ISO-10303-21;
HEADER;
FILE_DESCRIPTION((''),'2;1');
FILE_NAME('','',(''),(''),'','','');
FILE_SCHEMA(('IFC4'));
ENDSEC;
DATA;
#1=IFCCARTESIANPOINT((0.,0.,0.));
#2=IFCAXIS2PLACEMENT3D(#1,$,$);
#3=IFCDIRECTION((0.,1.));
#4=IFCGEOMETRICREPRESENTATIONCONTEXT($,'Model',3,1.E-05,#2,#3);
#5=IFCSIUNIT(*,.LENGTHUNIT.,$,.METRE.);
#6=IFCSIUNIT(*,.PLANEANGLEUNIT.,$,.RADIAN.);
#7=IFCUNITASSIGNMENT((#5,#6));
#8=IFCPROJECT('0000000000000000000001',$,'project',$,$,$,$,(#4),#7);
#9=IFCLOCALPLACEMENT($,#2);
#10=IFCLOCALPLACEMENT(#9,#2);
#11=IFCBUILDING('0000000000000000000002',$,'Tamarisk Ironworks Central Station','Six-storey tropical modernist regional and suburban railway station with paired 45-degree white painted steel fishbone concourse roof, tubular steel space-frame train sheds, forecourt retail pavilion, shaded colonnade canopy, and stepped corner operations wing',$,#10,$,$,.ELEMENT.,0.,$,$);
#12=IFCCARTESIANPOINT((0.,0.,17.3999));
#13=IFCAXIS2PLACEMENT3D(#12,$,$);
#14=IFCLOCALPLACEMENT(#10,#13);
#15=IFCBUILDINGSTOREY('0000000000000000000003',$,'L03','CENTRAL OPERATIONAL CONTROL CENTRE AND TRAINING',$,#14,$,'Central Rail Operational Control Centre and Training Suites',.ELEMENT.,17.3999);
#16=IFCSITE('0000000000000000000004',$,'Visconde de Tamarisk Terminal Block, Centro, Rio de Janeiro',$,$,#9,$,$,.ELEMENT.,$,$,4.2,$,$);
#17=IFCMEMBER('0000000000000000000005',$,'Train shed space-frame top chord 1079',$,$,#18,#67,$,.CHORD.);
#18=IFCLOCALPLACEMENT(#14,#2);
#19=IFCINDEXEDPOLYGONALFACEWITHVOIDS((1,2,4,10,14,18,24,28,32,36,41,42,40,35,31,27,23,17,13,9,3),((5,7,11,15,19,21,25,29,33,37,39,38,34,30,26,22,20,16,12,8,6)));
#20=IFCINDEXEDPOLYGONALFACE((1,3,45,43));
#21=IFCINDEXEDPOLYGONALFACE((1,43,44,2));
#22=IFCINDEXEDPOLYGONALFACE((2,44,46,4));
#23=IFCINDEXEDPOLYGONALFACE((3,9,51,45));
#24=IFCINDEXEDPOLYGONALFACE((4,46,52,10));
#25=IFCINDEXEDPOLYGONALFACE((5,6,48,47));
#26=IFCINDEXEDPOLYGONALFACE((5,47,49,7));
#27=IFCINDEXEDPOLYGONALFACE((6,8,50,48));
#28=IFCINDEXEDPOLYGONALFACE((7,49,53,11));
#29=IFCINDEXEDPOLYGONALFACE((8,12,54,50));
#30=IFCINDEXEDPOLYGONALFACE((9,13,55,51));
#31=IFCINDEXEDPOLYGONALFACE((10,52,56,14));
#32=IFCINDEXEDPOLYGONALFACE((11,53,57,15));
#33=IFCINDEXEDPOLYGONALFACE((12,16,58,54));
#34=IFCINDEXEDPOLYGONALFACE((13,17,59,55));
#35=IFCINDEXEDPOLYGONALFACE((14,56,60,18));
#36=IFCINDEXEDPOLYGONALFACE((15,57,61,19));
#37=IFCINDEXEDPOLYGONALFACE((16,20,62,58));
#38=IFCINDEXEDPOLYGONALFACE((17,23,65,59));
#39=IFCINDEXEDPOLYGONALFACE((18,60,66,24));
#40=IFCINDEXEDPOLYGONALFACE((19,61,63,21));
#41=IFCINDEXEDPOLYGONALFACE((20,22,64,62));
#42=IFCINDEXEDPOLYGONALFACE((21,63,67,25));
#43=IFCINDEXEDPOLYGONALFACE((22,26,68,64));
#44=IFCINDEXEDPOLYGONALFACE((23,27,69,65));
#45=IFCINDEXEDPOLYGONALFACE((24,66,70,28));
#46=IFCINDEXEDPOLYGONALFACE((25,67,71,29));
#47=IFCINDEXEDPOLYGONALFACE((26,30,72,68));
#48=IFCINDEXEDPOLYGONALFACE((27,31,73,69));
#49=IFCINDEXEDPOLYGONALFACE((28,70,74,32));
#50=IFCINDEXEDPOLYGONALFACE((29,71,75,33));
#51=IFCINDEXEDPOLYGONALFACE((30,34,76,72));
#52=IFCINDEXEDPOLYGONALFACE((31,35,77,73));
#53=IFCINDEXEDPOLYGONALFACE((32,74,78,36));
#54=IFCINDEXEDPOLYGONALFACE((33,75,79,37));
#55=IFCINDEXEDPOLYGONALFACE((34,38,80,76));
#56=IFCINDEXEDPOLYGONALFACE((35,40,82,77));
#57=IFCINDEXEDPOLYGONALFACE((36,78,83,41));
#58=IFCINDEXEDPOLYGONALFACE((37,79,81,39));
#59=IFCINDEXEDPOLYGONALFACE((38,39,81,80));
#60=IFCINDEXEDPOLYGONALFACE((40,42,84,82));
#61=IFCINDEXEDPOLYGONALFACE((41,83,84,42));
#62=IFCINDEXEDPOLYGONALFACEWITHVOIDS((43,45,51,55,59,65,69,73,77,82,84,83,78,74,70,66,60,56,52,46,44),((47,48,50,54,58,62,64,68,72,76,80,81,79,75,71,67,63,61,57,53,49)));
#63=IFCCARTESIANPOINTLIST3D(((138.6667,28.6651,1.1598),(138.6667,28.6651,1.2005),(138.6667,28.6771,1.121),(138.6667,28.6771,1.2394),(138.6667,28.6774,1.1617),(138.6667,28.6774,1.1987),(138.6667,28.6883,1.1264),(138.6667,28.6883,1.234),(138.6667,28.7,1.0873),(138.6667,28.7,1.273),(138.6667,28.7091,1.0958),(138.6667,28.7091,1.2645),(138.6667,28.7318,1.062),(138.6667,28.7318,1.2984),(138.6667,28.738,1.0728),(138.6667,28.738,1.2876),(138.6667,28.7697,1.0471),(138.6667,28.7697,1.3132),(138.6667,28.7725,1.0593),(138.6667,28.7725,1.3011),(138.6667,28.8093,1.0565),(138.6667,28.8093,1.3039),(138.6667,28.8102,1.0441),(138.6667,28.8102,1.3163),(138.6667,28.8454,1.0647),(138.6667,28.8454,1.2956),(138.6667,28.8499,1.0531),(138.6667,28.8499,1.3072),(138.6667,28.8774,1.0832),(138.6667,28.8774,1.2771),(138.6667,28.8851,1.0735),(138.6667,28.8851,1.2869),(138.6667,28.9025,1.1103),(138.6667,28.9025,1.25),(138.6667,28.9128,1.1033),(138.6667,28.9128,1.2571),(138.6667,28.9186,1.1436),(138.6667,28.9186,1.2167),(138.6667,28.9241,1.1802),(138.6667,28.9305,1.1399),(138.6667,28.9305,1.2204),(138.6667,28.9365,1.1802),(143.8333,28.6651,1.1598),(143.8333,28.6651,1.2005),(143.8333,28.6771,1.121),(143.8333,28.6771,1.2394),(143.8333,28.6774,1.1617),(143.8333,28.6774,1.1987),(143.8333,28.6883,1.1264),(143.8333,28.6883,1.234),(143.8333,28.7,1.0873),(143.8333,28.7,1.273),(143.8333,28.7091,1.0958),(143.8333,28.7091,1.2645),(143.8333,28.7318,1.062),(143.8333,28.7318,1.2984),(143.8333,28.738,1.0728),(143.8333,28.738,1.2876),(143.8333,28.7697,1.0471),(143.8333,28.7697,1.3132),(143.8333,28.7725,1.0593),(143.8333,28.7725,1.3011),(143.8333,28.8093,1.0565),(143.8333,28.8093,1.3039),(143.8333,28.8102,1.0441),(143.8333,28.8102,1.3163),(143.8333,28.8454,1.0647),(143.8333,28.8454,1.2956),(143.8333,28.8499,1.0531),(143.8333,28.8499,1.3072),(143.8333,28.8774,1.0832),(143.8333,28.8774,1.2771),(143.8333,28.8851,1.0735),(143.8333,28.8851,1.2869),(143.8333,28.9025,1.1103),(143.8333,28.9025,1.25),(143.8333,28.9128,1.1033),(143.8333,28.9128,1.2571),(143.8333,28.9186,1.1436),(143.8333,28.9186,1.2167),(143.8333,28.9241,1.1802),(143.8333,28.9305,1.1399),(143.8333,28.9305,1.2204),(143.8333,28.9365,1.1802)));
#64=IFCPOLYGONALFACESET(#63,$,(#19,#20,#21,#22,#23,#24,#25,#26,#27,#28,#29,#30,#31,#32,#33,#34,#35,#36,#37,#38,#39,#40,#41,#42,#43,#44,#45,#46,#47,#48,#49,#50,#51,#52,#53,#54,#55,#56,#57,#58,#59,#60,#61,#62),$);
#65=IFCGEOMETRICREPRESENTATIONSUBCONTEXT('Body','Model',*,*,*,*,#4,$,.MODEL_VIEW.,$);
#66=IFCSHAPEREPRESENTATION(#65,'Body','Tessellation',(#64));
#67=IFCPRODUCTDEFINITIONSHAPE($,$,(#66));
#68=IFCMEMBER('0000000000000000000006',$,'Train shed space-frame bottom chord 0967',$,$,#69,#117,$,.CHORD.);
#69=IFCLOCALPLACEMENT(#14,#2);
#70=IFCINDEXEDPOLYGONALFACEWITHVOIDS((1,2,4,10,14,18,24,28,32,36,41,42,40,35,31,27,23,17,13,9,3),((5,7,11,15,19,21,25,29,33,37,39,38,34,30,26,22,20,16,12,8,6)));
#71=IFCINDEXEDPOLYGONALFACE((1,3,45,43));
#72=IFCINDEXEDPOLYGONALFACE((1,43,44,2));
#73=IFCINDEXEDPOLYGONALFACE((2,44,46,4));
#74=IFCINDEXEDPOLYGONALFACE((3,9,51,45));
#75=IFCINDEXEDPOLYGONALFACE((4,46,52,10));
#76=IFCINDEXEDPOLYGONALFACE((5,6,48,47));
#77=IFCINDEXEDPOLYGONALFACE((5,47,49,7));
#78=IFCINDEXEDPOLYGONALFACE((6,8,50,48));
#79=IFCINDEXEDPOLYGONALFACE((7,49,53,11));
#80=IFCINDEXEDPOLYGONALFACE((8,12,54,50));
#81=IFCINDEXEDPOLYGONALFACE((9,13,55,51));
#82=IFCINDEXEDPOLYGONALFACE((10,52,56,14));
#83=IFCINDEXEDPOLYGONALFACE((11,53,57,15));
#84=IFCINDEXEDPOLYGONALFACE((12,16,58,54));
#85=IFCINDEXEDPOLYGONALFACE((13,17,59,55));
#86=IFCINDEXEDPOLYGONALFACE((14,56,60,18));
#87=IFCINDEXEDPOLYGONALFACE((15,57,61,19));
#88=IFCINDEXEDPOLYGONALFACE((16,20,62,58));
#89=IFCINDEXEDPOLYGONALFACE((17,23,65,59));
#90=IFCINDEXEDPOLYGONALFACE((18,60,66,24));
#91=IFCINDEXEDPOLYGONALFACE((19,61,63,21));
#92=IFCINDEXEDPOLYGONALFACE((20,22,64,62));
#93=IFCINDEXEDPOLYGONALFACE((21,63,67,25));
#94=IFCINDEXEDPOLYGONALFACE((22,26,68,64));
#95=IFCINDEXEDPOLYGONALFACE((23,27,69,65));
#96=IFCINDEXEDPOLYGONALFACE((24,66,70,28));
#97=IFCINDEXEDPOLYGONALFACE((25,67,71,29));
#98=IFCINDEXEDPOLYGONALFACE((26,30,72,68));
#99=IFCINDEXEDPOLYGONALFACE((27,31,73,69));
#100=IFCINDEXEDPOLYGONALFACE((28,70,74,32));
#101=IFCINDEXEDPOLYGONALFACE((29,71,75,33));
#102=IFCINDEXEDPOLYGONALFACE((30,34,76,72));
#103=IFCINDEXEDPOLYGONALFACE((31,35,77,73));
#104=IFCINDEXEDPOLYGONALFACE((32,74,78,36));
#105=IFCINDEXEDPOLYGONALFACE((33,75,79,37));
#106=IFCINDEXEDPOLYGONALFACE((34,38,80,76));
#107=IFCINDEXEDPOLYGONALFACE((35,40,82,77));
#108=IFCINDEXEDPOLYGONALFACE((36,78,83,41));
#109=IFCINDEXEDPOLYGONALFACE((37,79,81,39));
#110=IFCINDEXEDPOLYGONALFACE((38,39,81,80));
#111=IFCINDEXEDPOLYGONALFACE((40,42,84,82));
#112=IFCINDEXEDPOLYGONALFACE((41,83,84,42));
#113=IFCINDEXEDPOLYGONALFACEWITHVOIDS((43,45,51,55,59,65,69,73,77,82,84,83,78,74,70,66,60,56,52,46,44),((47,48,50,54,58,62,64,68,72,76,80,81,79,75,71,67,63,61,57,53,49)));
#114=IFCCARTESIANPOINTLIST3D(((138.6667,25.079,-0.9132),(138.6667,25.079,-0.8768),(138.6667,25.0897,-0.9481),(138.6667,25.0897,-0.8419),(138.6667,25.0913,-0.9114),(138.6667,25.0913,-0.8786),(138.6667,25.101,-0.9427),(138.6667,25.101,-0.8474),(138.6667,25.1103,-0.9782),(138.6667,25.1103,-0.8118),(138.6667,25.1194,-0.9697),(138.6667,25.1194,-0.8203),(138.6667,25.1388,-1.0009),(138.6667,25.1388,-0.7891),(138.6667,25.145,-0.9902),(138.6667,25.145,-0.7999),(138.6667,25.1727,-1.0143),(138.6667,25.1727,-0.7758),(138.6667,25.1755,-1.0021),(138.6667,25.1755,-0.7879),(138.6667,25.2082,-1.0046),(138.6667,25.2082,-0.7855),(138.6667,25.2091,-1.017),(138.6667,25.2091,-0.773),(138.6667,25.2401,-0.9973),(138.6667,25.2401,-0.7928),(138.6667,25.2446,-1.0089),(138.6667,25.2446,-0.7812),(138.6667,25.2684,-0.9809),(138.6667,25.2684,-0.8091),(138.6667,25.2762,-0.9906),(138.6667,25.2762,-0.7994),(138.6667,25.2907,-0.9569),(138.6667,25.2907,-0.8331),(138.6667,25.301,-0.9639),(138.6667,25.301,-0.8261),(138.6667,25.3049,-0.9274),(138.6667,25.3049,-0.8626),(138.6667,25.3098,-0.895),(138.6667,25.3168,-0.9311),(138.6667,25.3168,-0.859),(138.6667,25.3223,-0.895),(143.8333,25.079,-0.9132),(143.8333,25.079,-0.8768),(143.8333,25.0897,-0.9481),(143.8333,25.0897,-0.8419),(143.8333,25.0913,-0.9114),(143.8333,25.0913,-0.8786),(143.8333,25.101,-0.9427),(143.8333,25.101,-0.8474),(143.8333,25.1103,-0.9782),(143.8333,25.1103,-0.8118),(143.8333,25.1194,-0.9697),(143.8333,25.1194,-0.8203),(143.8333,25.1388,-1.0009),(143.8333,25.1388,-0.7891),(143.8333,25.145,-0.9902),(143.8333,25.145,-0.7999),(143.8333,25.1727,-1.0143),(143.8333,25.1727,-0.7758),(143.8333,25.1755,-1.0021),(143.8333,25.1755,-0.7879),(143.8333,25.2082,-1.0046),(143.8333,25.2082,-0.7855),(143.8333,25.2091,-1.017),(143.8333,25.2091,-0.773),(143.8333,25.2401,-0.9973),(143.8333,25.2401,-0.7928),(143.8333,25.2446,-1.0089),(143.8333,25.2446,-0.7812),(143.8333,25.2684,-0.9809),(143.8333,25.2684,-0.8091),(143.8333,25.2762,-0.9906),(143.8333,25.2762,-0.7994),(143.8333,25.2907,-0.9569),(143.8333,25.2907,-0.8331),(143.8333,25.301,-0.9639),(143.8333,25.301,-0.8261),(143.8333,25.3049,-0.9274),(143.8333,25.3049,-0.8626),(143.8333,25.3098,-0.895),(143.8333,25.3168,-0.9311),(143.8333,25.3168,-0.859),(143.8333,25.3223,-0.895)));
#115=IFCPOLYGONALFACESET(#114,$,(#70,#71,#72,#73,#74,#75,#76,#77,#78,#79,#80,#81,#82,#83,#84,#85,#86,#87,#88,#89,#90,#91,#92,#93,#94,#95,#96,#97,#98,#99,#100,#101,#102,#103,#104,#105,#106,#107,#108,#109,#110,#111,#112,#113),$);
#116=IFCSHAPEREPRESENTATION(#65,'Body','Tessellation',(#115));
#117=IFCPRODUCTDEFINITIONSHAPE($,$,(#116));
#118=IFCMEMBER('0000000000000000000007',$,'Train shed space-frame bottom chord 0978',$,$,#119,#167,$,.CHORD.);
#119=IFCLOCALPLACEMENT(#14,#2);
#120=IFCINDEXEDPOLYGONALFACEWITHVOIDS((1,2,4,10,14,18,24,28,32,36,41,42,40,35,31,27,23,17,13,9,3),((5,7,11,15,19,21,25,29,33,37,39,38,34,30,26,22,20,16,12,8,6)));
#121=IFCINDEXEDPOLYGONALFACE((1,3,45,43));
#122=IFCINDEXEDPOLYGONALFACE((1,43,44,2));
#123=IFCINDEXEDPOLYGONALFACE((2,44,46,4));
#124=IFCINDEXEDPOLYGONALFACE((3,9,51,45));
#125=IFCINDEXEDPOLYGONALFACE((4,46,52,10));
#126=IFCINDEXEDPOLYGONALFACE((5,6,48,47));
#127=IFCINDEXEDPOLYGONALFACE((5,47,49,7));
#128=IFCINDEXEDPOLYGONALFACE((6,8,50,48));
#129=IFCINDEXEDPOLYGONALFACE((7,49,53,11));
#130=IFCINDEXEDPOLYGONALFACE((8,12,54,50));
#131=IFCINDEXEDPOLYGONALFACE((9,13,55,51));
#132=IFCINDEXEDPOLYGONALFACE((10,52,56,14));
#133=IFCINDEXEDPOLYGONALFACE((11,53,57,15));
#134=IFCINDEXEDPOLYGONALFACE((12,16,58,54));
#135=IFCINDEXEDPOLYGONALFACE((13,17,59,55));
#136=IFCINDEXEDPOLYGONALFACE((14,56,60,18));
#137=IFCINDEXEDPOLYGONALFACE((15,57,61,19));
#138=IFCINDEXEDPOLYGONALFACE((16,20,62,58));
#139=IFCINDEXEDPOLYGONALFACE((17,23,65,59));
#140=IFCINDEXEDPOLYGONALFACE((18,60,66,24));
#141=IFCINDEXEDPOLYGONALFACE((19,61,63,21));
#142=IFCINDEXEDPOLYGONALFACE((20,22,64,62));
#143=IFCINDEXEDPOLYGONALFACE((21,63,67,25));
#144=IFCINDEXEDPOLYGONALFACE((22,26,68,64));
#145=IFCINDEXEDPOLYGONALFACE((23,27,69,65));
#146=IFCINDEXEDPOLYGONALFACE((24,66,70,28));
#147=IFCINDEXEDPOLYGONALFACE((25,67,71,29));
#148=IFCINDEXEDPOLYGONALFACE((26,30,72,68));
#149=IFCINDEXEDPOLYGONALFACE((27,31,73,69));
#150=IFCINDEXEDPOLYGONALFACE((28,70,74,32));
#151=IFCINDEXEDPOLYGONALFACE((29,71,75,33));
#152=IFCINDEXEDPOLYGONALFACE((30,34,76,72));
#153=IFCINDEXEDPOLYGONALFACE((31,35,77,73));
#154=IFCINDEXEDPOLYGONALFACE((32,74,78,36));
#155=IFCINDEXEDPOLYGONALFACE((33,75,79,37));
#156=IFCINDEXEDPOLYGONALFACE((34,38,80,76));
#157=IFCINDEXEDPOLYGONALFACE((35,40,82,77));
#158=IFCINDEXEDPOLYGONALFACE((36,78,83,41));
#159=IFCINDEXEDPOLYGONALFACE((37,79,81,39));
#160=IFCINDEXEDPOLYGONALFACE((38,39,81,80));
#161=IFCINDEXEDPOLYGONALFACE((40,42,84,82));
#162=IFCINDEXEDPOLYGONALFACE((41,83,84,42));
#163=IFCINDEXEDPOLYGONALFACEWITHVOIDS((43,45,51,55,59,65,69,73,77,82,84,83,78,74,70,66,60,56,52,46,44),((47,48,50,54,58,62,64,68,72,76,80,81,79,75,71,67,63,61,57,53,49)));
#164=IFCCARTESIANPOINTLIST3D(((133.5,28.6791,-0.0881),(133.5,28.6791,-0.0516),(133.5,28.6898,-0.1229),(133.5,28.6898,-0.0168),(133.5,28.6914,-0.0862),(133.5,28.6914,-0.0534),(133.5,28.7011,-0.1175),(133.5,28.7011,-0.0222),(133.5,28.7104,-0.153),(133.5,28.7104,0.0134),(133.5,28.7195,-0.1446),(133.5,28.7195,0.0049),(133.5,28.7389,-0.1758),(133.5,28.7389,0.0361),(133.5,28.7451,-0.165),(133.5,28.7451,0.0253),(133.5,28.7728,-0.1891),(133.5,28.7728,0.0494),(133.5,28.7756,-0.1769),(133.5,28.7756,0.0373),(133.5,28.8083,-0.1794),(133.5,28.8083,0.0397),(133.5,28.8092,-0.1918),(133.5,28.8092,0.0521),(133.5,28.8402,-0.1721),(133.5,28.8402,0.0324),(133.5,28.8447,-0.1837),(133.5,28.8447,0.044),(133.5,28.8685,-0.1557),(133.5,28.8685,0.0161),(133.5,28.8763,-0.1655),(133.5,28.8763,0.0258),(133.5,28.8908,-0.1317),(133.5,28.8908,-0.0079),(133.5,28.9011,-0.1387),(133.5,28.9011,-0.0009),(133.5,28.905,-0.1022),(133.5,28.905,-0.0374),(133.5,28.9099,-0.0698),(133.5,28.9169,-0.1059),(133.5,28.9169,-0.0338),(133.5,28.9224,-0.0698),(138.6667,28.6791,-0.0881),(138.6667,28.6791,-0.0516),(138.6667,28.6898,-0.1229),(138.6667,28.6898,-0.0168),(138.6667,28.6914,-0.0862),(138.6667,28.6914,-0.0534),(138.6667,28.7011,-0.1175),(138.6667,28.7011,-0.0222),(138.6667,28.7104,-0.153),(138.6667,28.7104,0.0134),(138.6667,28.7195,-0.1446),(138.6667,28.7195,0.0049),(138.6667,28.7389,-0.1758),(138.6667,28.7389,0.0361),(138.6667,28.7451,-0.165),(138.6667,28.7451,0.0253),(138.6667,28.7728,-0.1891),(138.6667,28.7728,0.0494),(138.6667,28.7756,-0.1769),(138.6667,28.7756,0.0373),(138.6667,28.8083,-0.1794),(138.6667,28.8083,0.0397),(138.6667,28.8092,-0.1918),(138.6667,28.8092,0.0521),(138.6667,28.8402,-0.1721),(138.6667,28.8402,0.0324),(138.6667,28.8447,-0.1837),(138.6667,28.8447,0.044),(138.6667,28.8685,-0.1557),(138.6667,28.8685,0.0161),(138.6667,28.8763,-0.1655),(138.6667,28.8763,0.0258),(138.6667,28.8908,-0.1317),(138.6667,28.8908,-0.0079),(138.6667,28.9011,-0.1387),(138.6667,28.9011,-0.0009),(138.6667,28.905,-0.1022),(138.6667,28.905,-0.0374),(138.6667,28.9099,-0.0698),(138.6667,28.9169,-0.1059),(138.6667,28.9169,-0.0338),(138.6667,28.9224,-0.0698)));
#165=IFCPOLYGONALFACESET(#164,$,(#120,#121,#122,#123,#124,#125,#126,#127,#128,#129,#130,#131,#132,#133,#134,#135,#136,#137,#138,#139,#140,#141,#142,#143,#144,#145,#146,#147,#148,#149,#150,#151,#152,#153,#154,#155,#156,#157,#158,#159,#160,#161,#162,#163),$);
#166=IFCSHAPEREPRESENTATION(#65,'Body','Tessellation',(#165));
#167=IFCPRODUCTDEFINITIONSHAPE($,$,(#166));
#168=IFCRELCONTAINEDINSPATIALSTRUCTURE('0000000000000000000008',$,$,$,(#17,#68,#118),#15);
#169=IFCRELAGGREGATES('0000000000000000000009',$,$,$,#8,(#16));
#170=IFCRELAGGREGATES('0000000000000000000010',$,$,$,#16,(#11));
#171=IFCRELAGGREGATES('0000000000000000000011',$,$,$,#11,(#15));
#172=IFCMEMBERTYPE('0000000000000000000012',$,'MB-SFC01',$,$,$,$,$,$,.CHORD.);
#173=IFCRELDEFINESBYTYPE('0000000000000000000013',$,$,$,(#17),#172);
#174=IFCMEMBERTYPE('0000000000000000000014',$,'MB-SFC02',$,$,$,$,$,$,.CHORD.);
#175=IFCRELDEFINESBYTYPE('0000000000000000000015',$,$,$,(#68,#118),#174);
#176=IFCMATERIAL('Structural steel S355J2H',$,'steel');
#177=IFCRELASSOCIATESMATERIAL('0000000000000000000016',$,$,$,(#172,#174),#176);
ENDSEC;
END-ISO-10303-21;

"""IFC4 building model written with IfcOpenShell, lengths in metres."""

from ifc_helpers import new_model, si_unit, direction, frame, origin, origin_2d, place, context, subcontext, project, spatial, hollow_circle, extrude, material, material_profile, profile_set, type_object, element, save


model = new_model("IFC4")

# Units and contexts
model_context = context("Model", 3, precision=1e-05, world=origin(), true_north=direction((0.0, 1.0)))
body_context = subcontext(model_context, "Body", "Model", "MODEL_VIEW")
ifc_project = project(units=[si_unit("LENGTHUNIT", "METRE"), si_unit("PLANEANGLEUNIT", "RADIAN")], contexts=[model_context])

# Site, building, storey
site_placement = place(None, origin())
site = spatial("IfcSite", under=ifc_project, at=site_placement, Name="Visconde de Tamarisk Terminal Block, Centro, Rio de Janeiro", CompositionType="ELEMENT", RefElevation=4.2)
building_placement = place(site_placement, origin())
building = spatial("IfcBuilding", under=site, at=building_placement, Name="Tamarisk Ironworks Central Station", Description="Six-storey tropical modernist regional and suburban railway station with paired 45-degree white painted steel fishbone concourse roof, tubular steel space-frame train sheds, forecourt retail pavilion, shaded colonnade canopy, and stepped corner operations wing", CompositionType="ELEMENT", ElevationOfRefHeight=0.0)
storey_placement = place(building_placement, frame((0.0, 0.0, 17.3999)))
storey = spatial("IfcBuildingStorey", under=building, at=storey_placement, Name="L03", Description="CENTRAL OPERATIONAL CONTROL CENTRE AND TRAINING", LongName="Central Rail Operational Control Centre and Training Suites", CompositionType="ELEMENT", Elevation=17.3999)

# Members
ifc_material_1 = material(Name="Structural steel S355J2H", Category="steel")
ifc_material_profile_1 = material_profile(ifc_material_1, hollow_circle(Radius=0.1365, WallThickness=0.0125, at=origin_2d()), Name="CHS 273x12.5")
ifc_profile_set_1 = profile_set([ifc_material_profile_1], Name="Structural steel S355J2H")
member_type_1 = type_object("IfcMemberType", Name="MB-SFC01", PredefinedType="CHORD", material=ifc_profile_set_1)
member_1_placement = place(storey_placement, frame((138.6667, 28.8, 1.1802), z_axis=(1.0, 0.0, 0.0), x_axis=(0.0, 1.0, 0.0)))
element("IfcMember", 1, at=member_1_placement, inside=storey, type_object=member_type_1, Name="Train shed space-frame top chord 1079", PredefinedType="CHORD", context=body_context, shape_type="SweptSolid", body=[
    extrude(hollow_circle(Radius=0.1365, WallThickness=0.0125, at=origin_2d()), origin(), (0.0, 0.0, 1.0), 5.1665),
])
ifc_material_profile_2 = material_profile(ifc_material_1, hollow_circle(Radius=0.1223, WallThickness=0.0125, at=origin_2d()), Name="CHS 244.5x12.5")
ifc_profile_set_2 = profile_set([ifc_material_profile_2], Name="Structural steel S355J2H")
member_type_2 = type_object("IfcMemberType", Name="MB-SFC02", PredefinedType="CHORD", material=ifc_profile_set_2)
member_2_placement = place(storey_placement, frame((138.6667, 25.2, -0.895), z_axis=(1.0, 0.0, 0.0), x_axis=(0.0, 1.0, 0.0)))
element("IfcMember", 2, at=member_2_placement, inside=storey, type_object=member_type_2, Name="Train shed space-frame bottom chord 0967", PredefinedType="CHORD", context=body_context, shape_type="SweptSolid", body=[
    extrude(hollow_circle(Radius=0.1223, WallThickness=0.0125, at=origin_2d()), origin(), (0.0, 0.0, 1.0), 5.1665),
])
member_3_placement = place(storey_placement, frame((133.5, 28.8, -0.0698), z_axis=(1.0, 0.0, 0.0), x_axis=(0.0, 1.0, 0.0)))
element("IfcMember", 3, at=member_3_placement, inside=storey, type_object=member_type_2, Name="Train shed space-frame bottom chord 0978", PredefinedType="CHORD", context=body_context, shape_type="SweptSolid", body=[
    extrude(hollow_circle(Radius=0.1223, WallThickness=0.0125, at=origin_2d()), origin(), (0.0, 0.0, 1.0), 5.1667),
])

save(model, "model.ifc")
